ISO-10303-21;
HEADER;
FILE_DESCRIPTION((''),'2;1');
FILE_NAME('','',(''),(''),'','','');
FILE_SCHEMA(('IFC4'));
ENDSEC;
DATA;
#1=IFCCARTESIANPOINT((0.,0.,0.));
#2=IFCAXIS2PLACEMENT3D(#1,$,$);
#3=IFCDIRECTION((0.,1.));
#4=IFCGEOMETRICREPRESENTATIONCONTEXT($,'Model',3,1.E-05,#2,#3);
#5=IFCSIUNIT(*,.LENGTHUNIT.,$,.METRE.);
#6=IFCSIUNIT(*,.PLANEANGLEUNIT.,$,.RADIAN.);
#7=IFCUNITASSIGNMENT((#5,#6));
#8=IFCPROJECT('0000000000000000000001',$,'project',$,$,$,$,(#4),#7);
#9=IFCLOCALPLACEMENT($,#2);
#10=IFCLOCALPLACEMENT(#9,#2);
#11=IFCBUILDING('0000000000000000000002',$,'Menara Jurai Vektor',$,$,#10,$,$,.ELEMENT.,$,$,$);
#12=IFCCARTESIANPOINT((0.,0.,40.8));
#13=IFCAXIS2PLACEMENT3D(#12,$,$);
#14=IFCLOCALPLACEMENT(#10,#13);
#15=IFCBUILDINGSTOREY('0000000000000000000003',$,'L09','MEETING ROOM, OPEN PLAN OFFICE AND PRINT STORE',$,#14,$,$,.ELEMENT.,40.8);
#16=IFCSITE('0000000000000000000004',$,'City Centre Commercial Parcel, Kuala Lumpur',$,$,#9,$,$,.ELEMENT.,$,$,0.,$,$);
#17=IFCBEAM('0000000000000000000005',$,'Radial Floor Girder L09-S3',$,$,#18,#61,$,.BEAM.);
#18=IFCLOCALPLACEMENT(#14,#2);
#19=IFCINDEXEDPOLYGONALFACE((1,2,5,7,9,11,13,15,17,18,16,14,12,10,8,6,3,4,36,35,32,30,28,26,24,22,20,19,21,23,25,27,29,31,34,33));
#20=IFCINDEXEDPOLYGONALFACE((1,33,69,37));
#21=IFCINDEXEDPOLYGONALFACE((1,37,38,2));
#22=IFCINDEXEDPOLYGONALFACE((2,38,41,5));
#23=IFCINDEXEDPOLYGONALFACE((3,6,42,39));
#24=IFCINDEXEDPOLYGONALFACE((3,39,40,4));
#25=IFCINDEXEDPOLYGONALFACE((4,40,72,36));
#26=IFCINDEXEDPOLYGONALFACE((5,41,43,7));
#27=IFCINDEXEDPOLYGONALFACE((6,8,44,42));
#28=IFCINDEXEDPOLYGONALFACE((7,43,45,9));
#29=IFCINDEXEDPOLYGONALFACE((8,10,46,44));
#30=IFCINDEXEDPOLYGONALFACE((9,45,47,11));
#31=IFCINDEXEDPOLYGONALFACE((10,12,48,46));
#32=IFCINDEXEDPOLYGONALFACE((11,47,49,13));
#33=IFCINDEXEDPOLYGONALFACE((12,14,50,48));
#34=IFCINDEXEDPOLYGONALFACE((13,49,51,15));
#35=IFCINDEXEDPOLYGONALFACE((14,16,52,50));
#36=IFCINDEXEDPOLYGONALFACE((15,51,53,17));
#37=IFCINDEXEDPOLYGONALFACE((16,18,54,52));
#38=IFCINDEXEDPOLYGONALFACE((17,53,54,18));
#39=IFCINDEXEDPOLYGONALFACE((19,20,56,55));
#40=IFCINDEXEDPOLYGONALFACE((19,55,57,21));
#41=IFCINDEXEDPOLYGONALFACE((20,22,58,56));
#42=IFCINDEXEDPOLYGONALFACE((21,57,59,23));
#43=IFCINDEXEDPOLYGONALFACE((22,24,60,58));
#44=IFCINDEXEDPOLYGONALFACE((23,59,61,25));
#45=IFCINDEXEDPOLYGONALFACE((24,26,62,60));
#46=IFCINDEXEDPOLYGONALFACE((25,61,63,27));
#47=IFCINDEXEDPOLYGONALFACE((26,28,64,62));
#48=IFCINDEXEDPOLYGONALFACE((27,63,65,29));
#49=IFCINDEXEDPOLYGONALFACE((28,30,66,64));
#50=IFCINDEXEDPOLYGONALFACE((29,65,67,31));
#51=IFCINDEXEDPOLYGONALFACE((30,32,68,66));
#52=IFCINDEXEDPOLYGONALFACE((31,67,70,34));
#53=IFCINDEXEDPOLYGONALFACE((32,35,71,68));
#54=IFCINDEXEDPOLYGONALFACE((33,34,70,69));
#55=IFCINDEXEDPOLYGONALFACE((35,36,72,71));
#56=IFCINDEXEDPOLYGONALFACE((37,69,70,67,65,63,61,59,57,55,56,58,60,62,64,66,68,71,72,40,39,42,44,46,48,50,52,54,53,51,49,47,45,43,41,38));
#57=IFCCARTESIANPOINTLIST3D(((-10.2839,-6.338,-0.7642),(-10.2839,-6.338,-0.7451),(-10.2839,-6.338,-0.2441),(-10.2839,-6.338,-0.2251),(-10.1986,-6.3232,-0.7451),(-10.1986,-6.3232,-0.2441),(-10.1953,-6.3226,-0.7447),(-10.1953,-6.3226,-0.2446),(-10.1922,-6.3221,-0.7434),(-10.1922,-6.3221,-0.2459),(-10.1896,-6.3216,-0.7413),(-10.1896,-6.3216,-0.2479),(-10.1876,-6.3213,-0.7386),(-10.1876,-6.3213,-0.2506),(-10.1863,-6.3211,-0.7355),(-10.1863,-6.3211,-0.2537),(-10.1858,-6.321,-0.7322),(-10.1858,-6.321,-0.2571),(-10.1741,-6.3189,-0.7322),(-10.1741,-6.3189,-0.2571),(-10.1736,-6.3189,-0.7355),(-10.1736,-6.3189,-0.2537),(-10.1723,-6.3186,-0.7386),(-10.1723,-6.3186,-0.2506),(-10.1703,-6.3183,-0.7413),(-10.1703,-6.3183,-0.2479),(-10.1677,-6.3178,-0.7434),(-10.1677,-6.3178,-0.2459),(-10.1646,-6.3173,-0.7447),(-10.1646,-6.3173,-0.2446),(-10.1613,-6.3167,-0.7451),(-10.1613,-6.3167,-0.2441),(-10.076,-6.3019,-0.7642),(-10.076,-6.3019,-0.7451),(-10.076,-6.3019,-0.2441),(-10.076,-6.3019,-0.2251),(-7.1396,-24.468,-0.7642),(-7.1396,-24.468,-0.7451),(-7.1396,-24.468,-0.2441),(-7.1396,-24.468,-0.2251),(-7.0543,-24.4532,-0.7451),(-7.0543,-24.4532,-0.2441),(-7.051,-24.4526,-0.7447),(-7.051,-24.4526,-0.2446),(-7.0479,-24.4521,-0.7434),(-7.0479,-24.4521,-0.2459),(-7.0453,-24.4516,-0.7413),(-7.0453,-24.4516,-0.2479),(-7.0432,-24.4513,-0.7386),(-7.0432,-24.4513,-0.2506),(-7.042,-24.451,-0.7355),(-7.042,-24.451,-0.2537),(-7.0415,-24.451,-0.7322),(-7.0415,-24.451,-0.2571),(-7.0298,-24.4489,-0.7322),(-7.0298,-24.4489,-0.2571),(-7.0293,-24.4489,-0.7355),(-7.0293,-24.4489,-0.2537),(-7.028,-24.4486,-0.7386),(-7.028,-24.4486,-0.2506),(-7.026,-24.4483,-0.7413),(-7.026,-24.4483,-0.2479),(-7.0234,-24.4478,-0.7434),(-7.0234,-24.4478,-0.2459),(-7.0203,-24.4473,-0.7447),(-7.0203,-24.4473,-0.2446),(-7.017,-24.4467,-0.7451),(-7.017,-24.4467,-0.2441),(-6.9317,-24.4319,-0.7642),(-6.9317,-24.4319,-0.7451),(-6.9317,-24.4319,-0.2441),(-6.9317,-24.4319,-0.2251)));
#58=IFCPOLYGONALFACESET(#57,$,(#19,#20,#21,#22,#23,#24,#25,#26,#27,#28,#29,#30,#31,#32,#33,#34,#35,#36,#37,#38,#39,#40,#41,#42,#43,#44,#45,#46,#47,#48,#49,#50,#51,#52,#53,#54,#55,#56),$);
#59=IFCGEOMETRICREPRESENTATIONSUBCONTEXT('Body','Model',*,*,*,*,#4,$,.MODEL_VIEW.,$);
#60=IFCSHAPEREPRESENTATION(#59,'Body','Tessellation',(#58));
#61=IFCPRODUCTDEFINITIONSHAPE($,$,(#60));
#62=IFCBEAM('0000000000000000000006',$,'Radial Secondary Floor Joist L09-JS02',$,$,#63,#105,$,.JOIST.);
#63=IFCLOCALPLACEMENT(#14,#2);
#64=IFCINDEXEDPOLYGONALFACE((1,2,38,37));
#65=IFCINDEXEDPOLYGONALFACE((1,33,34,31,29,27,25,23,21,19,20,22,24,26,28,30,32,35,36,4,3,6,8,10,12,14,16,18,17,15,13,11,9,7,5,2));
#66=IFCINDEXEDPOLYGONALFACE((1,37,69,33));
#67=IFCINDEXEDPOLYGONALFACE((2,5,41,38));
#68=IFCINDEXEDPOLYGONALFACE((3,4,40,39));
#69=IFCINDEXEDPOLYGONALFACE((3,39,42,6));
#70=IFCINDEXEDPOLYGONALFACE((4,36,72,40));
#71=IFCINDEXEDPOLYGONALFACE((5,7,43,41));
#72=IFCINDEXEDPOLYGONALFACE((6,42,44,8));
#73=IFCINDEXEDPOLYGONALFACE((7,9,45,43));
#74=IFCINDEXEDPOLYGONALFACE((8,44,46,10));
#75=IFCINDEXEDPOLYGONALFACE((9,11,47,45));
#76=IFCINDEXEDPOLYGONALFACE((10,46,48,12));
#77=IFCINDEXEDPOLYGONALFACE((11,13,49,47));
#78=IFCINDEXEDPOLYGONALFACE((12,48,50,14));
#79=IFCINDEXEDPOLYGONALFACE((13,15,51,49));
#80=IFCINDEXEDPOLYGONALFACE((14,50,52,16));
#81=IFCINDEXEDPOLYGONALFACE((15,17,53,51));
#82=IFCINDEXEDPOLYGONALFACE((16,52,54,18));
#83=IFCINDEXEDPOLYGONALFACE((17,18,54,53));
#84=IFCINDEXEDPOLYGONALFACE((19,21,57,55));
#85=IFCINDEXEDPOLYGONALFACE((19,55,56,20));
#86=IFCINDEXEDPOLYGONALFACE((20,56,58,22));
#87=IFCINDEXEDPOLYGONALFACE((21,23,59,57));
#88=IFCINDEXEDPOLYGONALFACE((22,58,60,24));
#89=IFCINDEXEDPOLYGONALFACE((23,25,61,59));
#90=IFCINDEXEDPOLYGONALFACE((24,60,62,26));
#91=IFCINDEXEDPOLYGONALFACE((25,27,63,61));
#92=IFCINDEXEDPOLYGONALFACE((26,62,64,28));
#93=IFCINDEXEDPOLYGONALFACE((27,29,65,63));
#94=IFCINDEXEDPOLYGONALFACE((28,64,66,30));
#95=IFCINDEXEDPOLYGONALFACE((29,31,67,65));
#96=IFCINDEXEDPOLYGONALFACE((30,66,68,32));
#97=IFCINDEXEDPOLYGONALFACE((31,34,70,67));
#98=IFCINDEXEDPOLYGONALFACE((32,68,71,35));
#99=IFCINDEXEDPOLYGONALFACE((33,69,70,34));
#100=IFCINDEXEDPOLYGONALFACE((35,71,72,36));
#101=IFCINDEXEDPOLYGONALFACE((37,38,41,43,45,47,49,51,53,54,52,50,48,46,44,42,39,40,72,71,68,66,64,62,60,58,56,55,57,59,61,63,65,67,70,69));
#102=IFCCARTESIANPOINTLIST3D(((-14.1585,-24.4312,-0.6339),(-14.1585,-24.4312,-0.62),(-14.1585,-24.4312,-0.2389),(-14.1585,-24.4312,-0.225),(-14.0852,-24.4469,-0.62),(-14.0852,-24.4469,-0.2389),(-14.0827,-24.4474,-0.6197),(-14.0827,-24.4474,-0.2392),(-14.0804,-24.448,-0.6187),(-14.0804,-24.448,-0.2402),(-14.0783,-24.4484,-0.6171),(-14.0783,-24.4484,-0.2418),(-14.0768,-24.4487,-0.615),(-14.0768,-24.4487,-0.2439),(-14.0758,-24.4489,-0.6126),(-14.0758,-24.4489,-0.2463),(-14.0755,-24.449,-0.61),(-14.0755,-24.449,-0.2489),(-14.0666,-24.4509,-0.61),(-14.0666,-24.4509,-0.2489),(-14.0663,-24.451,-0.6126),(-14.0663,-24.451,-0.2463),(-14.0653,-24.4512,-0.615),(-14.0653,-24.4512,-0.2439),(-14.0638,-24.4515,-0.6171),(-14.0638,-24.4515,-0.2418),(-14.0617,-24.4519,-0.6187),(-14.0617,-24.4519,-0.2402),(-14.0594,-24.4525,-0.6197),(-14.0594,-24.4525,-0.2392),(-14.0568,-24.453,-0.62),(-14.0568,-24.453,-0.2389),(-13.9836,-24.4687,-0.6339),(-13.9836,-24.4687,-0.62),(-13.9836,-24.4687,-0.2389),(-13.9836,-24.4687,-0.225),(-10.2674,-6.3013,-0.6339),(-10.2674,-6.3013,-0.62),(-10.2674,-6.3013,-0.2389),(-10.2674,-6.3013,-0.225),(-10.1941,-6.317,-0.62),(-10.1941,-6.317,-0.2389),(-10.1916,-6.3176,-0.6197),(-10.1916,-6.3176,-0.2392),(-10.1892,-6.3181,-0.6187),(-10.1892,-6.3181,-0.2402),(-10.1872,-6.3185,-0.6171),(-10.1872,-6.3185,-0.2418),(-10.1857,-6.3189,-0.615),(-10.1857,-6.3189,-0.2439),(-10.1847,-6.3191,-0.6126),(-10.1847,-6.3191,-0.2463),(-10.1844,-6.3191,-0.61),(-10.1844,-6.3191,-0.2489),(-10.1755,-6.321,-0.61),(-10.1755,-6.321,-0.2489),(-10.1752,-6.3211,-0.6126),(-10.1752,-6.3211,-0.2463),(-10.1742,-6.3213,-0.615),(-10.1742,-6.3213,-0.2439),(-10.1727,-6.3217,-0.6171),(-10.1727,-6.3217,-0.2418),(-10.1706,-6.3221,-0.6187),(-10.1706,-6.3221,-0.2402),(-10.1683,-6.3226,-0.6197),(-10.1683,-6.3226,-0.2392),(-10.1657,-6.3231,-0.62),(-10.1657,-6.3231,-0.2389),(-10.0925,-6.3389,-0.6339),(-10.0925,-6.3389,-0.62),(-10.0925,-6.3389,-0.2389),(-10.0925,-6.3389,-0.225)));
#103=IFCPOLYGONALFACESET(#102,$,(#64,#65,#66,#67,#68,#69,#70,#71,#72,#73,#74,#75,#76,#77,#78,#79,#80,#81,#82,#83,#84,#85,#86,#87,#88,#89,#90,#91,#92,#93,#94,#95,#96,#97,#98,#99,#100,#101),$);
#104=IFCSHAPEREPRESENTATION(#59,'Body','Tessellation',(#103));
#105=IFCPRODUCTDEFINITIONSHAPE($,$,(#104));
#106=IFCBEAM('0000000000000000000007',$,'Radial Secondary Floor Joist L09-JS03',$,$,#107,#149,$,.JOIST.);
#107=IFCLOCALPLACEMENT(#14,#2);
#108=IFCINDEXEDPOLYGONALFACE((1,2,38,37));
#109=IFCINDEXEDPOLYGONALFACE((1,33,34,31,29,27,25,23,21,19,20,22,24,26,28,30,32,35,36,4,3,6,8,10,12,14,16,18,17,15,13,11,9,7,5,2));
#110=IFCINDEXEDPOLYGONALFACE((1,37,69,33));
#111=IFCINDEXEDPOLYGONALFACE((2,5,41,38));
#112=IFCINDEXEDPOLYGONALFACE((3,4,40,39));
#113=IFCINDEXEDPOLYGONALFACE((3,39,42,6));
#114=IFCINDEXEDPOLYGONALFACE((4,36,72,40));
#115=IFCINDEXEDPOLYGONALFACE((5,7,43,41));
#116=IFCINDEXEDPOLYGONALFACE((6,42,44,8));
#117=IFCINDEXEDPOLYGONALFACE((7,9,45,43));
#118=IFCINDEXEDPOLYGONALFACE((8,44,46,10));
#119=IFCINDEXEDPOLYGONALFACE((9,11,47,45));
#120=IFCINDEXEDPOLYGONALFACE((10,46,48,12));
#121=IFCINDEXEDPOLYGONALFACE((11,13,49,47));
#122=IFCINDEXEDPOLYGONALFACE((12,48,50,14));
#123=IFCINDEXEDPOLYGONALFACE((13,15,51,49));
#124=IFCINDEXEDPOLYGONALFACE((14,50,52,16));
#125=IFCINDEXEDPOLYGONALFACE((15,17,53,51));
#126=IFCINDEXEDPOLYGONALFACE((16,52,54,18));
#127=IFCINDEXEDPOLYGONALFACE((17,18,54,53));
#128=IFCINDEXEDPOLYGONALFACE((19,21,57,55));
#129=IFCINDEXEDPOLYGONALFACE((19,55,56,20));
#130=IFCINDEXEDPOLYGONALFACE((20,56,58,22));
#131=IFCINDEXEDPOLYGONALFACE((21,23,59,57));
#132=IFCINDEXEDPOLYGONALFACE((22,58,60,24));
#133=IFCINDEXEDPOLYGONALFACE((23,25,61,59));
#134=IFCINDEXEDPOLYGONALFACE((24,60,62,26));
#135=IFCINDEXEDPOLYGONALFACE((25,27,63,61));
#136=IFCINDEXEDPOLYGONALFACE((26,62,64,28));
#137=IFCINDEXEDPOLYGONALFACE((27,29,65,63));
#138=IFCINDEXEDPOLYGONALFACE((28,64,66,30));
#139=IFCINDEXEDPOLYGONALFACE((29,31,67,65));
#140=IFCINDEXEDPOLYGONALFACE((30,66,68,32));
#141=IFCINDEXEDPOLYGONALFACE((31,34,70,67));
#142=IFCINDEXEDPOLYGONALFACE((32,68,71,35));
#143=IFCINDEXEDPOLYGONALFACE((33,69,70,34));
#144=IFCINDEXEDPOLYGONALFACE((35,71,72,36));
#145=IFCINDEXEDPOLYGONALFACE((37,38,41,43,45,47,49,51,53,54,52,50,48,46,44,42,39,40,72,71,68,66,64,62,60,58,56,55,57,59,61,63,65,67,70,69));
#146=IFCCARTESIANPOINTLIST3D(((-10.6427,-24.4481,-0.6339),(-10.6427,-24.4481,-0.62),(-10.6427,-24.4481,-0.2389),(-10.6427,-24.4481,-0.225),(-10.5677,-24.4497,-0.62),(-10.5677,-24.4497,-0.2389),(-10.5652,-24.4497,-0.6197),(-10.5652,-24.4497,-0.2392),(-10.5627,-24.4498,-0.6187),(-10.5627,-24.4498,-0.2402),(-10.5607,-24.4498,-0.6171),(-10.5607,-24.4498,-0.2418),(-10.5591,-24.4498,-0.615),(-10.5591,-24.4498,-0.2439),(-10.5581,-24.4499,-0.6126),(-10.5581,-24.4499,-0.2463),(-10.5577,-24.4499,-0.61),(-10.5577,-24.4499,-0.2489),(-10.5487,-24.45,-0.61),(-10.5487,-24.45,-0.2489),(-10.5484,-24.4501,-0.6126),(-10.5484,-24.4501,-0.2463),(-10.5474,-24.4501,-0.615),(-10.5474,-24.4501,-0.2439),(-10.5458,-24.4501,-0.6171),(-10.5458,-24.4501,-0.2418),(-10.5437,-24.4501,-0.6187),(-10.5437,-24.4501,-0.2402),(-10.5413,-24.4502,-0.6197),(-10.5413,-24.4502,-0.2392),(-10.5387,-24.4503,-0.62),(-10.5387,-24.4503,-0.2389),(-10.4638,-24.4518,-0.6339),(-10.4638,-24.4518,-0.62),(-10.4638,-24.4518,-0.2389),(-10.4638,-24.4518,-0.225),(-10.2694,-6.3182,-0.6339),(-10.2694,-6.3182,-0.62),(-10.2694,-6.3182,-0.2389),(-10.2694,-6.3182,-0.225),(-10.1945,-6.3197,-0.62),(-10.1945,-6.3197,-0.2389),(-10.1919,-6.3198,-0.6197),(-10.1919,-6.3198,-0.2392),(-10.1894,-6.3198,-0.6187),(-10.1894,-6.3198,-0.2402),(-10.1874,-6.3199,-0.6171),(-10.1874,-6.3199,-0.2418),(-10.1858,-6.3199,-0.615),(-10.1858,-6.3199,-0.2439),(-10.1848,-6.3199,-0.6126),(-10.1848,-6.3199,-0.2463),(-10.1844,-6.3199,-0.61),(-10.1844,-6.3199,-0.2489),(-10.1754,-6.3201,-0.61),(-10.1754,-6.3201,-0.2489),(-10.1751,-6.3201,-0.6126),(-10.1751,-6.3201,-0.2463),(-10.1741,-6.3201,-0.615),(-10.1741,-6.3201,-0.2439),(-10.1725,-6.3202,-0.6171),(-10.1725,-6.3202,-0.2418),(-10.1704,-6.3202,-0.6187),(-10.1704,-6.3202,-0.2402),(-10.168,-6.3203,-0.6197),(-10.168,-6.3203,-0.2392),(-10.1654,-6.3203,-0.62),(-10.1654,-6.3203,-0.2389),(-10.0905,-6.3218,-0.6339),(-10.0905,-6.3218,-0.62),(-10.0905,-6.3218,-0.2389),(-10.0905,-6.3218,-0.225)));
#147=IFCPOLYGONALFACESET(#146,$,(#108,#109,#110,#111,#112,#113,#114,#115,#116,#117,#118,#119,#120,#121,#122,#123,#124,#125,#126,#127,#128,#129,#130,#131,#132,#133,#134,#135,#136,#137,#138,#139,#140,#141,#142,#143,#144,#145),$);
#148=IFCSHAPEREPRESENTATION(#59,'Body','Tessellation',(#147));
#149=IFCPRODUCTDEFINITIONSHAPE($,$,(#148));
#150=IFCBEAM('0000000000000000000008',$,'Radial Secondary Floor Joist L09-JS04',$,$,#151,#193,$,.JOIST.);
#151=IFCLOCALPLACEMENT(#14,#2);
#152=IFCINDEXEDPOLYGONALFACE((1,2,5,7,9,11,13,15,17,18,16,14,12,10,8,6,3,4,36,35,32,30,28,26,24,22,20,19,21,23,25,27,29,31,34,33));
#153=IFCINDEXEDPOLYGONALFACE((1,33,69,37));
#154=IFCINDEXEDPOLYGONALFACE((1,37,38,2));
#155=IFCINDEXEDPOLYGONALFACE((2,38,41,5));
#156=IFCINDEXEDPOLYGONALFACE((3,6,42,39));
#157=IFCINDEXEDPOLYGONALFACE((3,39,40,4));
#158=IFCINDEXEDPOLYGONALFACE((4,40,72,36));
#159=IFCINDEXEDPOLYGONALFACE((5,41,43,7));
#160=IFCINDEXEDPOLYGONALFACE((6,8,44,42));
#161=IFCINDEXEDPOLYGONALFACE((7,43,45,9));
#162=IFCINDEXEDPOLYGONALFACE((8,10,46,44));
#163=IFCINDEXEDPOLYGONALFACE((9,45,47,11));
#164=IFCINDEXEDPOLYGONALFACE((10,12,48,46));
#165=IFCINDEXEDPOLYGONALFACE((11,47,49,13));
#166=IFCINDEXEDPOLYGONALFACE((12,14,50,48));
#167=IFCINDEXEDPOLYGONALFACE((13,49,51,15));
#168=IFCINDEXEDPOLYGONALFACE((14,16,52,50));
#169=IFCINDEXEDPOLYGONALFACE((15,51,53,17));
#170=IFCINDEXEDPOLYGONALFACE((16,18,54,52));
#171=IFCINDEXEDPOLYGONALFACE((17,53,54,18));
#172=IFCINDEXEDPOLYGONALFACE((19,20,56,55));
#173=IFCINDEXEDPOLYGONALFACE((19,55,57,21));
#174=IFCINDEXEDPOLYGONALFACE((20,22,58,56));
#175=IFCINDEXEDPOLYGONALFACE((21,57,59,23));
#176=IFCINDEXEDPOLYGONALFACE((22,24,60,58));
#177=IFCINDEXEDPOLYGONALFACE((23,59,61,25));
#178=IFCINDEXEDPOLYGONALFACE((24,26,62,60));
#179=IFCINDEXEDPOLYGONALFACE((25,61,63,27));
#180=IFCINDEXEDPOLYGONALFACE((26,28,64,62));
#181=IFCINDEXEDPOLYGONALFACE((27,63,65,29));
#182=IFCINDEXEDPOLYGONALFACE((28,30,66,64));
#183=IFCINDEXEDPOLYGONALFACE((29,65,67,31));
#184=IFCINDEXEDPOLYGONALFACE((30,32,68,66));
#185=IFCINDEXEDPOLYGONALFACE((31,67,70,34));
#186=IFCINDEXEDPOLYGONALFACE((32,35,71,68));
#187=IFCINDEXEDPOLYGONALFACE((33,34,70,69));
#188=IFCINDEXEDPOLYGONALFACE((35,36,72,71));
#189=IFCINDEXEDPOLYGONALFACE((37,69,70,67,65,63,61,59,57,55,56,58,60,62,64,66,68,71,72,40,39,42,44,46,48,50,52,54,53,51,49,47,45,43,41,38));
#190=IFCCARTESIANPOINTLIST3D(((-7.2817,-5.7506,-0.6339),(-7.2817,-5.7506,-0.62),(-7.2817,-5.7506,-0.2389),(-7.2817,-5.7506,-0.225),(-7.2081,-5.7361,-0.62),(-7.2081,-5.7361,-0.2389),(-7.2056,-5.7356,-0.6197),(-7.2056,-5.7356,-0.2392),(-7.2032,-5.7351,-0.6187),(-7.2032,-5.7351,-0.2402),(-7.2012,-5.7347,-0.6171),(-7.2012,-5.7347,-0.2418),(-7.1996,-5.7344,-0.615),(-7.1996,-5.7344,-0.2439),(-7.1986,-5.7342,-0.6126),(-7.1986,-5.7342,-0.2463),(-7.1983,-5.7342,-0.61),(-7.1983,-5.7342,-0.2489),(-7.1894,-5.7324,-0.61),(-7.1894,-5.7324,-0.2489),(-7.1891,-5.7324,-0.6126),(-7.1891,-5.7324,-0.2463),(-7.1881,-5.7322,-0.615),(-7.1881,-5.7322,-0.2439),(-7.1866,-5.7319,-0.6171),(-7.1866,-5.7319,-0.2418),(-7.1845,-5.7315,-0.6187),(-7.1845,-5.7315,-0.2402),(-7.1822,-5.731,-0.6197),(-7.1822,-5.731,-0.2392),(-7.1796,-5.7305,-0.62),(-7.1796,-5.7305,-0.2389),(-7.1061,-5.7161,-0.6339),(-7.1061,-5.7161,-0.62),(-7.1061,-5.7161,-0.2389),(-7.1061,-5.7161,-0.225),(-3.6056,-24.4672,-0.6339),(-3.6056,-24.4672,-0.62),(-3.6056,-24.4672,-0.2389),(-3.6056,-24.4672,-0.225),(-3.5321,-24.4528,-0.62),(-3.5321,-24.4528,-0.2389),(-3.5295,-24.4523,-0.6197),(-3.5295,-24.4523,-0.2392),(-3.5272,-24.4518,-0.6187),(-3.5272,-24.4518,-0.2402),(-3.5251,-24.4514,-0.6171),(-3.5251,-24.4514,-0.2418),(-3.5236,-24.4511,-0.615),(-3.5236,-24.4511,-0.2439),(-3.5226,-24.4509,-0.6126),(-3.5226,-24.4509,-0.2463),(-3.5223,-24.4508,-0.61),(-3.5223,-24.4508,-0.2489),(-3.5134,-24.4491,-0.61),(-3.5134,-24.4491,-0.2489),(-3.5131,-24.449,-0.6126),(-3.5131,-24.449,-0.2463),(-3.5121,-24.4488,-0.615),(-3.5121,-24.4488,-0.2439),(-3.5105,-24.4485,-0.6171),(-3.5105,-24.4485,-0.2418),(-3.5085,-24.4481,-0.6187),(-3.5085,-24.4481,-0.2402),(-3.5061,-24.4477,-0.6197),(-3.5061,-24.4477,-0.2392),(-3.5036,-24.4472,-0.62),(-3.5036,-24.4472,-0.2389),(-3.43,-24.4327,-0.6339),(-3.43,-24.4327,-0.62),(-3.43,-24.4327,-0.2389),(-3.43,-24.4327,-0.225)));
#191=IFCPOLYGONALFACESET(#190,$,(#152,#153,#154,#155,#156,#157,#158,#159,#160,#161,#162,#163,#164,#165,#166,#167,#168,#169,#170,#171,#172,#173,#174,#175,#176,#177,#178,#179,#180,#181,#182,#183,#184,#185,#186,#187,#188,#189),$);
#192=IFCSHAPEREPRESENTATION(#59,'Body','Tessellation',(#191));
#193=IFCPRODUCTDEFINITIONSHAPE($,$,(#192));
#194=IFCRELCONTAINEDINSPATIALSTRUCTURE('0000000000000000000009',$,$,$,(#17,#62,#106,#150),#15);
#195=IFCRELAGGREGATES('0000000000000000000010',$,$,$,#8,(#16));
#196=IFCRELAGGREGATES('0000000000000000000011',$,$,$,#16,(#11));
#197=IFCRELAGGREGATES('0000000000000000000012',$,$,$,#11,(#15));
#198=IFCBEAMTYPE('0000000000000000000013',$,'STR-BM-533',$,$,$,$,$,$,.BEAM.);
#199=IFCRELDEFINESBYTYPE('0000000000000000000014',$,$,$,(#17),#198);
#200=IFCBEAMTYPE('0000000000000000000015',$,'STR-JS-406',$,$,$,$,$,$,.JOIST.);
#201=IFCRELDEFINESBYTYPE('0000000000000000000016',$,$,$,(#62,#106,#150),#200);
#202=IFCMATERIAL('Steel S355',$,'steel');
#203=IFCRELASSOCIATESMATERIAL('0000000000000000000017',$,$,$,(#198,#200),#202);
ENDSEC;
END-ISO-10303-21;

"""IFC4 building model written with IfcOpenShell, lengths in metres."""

from ifc_helpers import new_model, si_unit, direction, frame, origin, origin_2d, place, context, subcontext, project, spatial, i_section, extrude, material, material_profile, profile_set, type_object, element, save


model = new_model("IFC4")

# Units and contexts
model_context = context("Model", 3, precision=1e-05, world=origin(), true_north=direction((0.0, 1.0)))
body_context = subcontext(model_context, "Body", "Model", "MODEL_VIEW")
ifc_project = project(units=[si_unit("LENGTHUNIT", "METRE"), si_unit("PLANEANGLEUNIT", "RADIAN")], contexts=[model_context])

# Site, building, storey
site_placement = place(None, origin())
site = spatial("IfcSite", under=ifc_project, at=site_placement, Name="City Centre Commercial Parcel, Kuala Lumpur", CompositionType="ELEMENT", RefElevation=0.0)
building_placement = place(site_placement, origin())
building = spatial("IfcBuilding", under=site, at=building_placement, Name="Menara Jurai Vektor", CompositionType="ELEMENT")
storey_placement = place(building_placement, frame((0.0, 0.0, 40.8)))
storey = spatial("IfcBuildingStorey", under=building, at=storey_placement, Name="L09", Description="MEETING ROOM, OPEN PLAN OFFICE AND PRINT STORE", CompositionType="ELEMENT", Elevation=40.8)

# Beams
ifc_material_1 = material(Name="Steel S355", Category="steel")
ifc_material_profile_1 = material_profile(ifc_material_1, i_section(OverallWidth=0.2109, OverallDepth=0.5391, WebThickness=0.012, FlangeThickness=0.019, FilletRadius=0.0129, at=origin_2d()), Name="UKB 533x210x109")
ifc_profile_set_1 = profile_set([ifc_material_profile_1], Name="Steel S355")
beam_type_1 = type_object("IfcBeamType", Name="STR-BM-533", PredefinedType="BEAM", material=ifc_profile_set_1)
beam_1_placement = place(storey_placement, frame((-7.0356, -24.45, -0.4946), z_axis=(-0.17088, 0.985292, 0.0), x_axis=(-0.985292, -0.17088, 0.0)))
element("IfcBeam", 1, at=beam_1_placement, inside=storey, type_object=beam_type_1, Name="Radial Floor Girder L09-S3", PredefinedType="BEAM", context=body_context, shape_type="SweptSolid", body=[
    extrude(i_section(OverallWidth=0.2109, OverallDepth=0.5391, WebThickness=0.012, FlangeThickness=0.019, FilletRadius=0.0129, at=origin_2d()), origin(), (0.0, 0.0, 1.0), 18.4006),
])
ifc_material_profile_2 = material_profile(ifc_material_1, i_section(OverallWidth=0.179, OverallDepth=0.4089, WebThickness=0.009, FlangeThickness=0.0139, FilletRadius=0.01, at=origin_2d()), Name="UKB 406x178x67")
ifc_profile_set_2 = profile_set([ifc_material_profile_2], Name="Steel S355")
beam_type_2 = type_object("IfcBeamType", Name="STR-JS-406", PredefinedType="JOIST", material=ifc_profile_set_2)
beam_2_placement = place(storey_placement, frame((-14.071, -24.45, -0.4294), z_axis=(0.209846, 0.977735, 0.0), x_axis=(-0.977735, 0.209846, 0.0)))
element("IfcBeam", 2, at=beam_2_placement, inside=storey, type_object=beam_type_2, Name="Radial Secondary Floor Joist L09-JS02", PredefinedType="JOIST", context=body_context, shape_type="SweptSolid", body=[
    extrude(i_section(OverallWidth=0.179, OverallDepth=0.4089, WebThickness=0.009, FlangeThickness=0.0139, FilletRadius=0.01, at=origin_2d()), origin(), (0.0, 0.0, 1.0), 18.5427),
])
beam_3_placement = place(storey_placement, frame((-10.5532, -24.45, -0.4294), z_axis=(0.020585, 0.999788, 0.0), x_axis=(-0.999788, 0.020585, 0.0)))
element("IfcBeam", 3, at=beam_3_placement, inside=storey, type_object=beam_type_2, Name="Radial Secondary Floor Joist L09-JS03", PredefinedType="JOIST", context=body_context, shape_type="SweptSolid", body=[
    extrude(i_section(OverallWidth=0.179, OverallDepth=0.4089, WebThickness=0.009, FlangeThickness=0.0139, FilletRadius=0.01, at=origin_2d()), origin(), (0.0, 0.0, 1.0), 18.1338),
])
beam_4_placement = place(storey_placement, frame((-3.5178, -24.45, -0.4294), z_axis=(-0.192723, 0.981253, 0.0), x_axis=(-0.981253, -0.192723, 0.0)))
element("IfcBeam", 4, at=beam_4_placement, inside=storey, type_object=beam_type_2, Name="Radial Secondary Floor Joist L09-JS04", PredefinedType="JOIST", context=body_context, shape_type="SweptSolid", body=[
    extrude(i_section(OverallWidth=0.179, OverallDepth=0.4089, WebThickness=0.009, FlangeThickness=0.0139, FilletRadius=0.01, at=origin_2d()), origin(), (0.0, 0.0, 1.0), 19.0742),
])

save(model, "model.ifc")
